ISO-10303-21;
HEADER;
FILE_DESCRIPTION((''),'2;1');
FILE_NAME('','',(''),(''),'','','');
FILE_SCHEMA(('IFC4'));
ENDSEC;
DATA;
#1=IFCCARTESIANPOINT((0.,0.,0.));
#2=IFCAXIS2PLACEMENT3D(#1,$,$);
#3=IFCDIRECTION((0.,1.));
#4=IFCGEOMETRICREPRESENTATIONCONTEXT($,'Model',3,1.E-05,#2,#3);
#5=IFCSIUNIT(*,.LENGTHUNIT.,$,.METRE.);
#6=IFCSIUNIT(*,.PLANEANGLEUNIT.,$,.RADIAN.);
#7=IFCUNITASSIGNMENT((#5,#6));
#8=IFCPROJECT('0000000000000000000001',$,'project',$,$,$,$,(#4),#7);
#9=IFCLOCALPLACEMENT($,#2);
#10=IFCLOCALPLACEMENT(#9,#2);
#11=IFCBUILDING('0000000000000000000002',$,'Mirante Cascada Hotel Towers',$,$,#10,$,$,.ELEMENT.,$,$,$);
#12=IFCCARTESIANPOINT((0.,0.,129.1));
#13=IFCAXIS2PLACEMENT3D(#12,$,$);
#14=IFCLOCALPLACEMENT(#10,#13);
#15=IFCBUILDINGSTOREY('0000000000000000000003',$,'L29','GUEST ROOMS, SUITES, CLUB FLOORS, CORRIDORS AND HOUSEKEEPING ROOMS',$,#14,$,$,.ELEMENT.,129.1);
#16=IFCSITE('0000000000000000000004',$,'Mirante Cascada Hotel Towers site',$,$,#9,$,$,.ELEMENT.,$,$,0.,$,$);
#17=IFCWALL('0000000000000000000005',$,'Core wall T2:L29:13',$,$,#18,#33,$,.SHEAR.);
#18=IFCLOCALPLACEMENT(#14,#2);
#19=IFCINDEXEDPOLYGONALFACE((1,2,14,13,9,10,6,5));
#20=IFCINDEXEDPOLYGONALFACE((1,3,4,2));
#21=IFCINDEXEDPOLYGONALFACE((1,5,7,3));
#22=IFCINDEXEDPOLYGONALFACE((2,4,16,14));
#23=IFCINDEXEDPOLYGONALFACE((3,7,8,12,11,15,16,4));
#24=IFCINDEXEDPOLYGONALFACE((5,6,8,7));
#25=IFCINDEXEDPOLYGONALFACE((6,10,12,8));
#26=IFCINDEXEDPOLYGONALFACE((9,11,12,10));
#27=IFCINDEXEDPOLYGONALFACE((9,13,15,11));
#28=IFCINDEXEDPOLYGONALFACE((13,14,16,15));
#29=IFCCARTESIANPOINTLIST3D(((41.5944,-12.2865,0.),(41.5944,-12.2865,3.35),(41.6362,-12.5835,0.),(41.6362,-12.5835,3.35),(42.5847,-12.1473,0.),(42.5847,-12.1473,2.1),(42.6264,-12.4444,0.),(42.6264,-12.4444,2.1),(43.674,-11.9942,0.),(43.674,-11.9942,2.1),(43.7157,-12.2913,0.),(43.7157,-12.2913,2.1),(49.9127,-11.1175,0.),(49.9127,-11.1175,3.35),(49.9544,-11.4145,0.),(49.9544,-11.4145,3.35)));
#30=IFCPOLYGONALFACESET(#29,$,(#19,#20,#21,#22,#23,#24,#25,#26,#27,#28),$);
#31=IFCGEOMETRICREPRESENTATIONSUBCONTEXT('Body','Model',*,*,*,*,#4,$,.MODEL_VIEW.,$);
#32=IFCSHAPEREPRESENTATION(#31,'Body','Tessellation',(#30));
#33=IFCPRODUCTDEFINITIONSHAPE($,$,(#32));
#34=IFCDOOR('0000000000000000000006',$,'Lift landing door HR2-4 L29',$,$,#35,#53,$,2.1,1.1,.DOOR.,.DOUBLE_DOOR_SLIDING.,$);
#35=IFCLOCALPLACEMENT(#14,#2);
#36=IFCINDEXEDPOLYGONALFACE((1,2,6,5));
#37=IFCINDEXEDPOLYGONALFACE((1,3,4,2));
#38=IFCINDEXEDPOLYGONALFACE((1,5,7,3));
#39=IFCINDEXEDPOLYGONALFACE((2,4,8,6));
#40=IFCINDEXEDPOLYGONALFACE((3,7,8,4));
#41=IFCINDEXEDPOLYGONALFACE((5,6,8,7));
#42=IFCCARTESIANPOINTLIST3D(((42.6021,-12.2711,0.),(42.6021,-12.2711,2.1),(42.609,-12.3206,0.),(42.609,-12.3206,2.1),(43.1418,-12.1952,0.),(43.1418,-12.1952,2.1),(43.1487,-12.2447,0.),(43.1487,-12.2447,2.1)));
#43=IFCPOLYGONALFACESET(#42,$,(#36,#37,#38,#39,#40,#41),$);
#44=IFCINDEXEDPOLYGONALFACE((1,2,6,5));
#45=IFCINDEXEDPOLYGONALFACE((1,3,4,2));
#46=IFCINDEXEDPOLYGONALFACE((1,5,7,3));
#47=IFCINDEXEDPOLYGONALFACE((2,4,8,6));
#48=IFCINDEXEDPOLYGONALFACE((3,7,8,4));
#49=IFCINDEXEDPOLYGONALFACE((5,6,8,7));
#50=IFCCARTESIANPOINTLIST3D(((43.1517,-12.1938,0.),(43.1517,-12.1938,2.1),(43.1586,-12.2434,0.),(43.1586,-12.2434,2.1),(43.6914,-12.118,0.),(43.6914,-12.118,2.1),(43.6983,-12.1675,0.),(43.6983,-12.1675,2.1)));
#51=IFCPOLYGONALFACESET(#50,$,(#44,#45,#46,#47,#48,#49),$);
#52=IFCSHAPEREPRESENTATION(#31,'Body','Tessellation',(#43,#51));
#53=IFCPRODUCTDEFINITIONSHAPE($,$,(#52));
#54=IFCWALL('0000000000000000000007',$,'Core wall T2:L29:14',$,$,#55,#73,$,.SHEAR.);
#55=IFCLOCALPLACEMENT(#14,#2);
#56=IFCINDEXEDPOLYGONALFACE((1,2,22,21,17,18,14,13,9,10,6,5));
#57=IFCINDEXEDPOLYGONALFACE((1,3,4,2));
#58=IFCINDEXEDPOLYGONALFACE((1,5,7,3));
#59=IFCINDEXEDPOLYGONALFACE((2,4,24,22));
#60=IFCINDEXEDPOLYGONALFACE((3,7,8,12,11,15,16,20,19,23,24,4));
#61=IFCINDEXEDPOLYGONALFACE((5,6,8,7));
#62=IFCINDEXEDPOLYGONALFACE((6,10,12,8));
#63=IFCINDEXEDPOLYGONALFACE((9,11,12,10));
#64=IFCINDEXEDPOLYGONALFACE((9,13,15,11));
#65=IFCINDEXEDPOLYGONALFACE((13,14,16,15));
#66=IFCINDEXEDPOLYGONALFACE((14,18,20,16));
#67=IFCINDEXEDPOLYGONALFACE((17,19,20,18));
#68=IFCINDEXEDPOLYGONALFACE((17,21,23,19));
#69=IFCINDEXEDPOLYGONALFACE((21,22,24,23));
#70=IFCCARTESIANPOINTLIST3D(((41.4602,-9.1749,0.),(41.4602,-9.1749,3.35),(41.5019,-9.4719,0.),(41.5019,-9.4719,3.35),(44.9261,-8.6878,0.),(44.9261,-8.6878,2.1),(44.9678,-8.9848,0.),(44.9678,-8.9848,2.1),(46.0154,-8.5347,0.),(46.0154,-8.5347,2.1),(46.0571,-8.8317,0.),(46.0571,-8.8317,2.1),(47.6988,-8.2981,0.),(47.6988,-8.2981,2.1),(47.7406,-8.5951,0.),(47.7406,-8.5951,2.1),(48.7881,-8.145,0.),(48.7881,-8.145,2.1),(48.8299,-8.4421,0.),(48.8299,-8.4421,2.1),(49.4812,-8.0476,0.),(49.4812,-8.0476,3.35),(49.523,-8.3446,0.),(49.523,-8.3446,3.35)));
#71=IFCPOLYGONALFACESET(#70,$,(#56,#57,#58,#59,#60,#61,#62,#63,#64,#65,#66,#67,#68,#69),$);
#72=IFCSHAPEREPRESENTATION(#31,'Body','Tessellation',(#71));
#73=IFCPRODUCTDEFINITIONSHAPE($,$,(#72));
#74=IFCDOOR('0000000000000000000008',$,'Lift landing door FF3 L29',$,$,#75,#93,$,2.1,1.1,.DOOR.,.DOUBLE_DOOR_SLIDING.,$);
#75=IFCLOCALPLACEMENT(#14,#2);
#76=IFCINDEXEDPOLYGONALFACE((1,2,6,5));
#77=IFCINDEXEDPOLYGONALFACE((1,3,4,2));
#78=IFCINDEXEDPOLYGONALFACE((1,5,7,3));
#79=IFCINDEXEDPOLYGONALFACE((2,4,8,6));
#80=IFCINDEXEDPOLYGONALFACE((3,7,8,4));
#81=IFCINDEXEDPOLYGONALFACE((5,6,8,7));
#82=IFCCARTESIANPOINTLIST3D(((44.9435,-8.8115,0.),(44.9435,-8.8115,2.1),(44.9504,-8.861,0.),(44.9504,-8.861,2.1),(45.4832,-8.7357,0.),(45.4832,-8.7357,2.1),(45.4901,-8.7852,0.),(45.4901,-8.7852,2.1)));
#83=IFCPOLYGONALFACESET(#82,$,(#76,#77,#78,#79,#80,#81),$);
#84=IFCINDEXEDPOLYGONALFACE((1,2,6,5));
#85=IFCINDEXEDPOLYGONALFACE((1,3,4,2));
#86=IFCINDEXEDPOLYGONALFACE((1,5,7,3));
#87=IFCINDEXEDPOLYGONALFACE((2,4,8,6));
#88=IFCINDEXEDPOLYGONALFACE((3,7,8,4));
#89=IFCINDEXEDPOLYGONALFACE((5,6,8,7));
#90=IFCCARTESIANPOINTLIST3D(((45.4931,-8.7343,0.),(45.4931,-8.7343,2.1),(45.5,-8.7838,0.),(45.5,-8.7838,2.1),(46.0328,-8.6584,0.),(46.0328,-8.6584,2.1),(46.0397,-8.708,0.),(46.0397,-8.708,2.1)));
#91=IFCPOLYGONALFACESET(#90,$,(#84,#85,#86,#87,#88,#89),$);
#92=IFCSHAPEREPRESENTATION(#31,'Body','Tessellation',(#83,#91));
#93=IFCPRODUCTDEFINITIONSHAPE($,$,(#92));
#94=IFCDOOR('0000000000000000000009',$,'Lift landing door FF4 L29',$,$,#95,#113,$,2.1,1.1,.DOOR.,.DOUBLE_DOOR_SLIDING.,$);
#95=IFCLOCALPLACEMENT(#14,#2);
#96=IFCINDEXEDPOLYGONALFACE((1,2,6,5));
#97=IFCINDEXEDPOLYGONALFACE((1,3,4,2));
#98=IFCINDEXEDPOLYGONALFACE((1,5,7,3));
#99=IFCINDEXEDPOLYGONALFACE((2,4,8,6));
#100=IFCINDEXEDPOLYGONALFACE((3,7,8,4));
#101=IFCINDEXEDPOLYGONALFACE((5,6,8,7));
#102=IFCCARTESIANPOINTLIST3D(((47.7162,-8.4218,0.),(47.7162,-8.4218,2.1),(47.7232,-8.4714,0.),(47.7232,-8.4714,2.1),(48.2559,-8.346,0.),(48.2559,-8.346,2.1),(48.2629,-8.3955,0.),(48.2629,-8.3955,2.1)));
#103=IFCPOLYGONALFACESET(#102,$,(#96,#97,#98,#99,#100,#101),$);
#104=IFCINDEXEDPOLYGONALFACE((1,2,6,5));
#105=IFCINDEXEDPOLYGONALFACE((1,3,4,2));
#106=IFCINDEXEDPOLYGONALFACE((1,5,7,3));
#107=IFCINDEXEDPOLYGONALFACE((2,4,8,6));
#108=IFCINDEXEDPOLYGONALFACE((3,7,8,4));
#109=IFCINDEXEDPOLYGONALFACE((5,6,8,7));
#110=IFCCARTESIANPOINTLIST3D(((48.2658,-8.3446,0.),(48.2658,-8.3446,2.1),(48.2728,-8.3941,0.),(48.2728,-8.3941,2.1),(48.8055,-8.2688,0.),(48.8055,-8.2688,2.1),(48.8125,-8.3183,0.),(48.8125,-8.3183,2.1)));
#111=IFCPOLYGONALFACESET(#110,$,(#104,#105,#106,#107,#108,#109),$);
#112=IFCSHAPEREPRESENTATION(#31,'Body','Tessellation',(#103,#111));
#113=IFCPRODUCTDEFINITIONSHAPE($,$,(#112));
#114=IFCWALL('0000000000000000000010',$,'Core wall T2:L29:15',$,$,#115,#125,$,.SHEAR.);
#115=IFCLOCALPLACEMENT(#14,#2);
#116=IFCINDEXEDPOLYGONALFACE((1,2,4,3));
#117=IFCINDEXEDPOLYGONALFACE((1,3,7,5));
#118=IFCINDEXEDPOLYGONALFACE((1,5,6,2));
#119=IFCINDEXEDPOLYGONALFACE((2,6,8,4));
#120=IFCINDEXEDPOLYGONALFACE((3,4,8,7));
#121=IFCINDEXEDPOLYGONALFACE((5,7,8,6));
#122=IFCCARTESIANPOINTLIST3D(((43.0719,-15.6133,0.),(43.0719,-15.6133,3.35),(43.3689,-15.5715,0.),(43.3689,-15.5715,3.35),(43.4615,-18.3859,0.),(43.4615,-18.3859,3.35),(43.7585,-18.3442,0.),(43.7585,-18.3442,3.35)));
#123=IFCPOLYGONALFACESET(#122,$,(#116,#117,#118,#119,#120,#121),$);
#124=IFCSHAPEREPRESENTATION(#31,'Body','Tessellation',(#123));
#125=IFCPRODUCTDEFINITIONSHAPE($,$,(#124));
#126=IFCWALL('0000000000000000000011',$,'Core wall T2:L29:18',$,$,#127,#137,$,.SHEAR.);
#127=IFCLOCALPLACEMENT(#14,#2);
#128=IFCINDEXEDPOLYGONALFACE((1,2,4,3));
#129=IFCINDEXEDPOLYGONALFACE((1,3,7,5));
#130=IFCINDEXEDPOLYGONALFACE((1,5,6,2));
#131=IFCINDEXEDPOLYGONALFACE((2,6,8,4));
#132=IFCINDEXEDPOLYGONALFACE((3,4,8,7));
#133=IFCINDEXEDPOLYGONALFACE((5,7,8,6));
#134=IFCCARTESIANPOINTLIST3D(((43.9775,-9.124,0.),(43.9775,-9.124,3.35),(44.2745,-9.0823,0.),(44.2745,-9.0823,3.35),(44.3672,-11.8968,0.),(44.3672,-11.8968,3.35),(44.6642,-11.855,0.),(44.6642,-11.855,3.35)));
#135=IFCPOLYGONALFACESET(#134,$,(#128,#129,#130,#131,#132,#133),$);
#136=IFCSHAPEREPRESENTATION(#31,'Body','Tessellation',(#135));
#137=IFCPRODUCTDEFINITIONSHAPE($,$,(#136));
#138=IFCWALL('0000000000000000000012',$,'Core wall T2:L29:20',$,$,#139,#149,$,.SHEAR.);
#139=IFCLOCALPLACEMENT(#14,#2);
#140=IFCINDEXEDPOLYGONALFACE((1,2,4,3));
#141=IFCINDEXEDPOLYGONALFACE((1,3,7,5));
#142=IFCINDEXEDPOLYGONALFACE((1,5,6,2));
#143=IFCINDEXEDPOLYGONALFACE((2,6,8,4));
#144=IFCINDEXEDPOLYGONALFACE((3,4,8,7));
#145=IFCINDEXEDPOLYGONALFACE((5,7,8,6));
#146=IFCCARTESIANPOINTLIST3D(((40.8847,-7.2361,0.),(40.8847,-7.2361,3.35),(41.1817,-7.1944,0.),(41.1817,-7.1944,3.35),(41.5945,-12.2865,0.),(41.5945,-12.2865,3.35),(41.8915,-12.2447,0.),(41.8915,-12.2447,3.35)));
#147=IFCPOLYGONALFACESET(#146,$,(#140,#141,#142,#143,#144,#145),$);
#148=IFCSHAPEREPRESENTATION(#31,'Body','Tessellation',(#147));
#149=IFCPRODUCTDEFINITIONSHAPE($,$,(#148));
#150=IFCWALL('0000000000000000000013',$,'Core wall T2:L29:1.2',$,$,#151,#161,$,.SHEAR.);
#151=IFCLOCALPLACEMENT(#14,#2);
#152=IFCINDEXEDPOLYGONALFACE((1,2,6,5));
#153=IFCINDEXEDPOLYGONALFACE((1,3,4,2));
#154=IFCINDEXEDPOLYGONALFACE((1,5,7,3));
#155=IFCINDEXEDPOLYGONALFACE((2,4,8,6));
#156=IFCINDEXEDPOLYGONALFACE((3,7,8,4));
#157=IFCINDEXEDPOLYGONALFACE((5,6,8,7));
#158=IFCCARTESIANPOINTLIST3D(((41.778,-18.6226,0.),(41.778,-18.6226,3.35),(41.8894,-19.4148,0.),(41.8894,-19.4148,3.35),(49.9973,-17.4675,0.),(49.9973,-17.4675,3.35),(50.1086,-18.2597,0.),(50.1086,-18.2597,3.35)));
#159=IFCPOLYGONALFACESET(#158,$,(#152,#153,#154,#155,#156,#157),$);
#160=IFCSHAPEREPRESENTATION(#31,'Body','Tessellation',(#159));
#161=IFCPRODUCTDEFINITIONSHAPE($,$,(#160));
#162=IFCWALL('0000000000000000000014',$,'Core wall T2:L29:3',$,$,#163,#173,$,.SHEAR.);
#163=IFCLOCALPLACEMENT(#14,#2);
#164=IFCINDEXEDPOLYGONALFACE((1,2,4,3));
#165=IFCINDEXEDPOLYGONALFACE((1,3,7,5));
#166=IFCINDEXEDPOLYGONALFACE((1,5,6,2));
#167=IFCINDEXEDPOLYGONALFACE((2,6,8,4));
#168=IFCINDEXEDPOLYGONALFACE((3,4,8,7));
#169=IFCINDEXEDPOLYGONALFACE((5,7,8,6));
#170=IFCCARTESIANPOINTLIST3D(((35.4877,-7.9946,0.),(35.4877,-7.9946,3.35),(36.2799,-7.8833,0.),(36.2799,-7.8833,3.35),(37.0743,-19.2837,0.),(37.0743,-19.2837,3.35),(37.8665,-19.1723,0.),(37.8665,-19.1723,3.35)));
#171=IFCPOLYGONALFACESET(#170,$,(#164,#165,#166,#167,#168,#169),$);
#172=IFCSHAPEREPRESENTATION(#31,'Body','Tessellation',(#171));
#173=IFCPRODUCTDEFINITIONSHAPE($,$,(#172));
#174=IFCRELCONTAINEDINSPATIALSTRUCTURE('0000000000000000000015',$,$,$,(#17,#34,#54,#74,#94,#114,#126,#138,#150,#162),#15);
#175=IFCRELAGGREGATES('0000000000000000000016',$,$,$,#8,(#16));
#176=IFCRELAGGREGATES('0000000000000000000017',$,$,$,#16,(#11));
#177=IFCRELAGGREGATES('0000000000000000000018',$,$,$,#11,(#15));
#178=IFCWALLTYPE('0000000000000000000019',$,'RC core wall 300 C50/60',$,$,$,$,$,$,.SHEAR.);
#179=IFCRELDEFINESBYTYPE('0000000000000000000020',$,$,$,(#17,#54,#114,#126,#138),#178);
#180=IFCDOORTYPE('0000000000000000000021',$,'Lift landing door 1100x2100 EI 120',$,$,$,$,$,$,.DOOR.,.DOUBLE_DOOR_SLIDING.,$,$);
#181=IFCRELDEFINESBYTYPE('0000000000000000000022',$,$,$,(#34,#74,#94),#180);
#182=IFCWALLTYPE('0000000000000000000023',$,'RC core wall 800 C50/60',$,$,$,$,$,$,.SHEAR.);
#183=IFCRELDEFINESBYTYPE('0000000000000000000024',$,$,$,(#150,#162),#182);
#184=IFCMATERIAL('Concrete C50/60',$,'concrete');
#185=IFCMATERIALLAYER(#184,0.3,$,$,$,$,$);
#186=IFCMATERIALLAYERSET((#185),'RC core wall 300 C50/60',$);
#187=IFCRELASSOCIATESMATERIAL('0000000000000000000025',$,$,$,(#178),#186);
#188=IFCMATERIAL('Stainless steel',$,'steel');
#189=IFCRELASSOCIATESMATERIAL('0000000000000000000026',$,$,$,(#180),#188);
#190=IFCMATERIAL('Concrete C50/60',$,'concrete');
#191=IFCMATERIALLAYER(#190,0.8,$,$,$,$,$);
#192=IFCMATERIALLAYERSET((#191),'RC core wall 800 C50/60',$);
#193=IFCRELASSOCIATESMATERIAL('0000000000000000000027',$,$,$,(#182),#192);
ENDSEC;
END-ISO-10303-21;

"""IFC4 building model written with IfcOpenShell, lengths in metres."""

from ifc_helpers import new_model, si_unit, direction, frame, frame_2d, origin, place, context, subcontext, project, spatial, rectangle, extrude, material, layer, layer_set, type_object, element, fill, save


model = new_model("IFC4")

# Units and contexts
model_context = context("Model", 3, precision=1e-05, world=origin(), true_north=direction((0.0, 1.0)))
body_context = subcontext(model_context, "Body", "Model", "MODEL_VIEW")
ifc_project = project(units=[si_unit("LENGTHUNIT", "METRE"), si_unit("PLANEANGLEUNIT", "RADIAN")], contexts=[model_context])

# Site, building, storey
site_placement = place(None, origin())
site = spatial("IfcSite", under=ifc_project, at=site_placement, Name="Mirante Cascada Hotel Towers site", CompositionType="ELEMENT", RefElevation=0.0)
building_placement = place(site_placement, origin())
building = spatial("IfcBuilding", under=site, at=building_placement, Name="Mirante Cascada Hotel Towers", CompositionType="ELEMENT")
storey_placement = place(building_placement, frame((0.0, 0.0, 129.1)))
storey = spatial("IfcBuildingStorey", under=building, at=storey_placement, Name="L29", Description="GUEST ROOMS, SUITES, CLUB FLOORS, CORRIDORS AND HOUSEKEEPING ROOMS", CompositionType="ELEMENT", Elevation=129.1)

# Shared definitions
ifc_material_1 = material(Name="Concrete C50/60", Category="concrete")
ifc_layer_1 = layer(ifc_material_1, 0.3)
ifc_layer_set_1 = layer_set([ifc_layer_1], Name="RC core wall 300 C50/60")
wall_type_1 = type_object("IfcWallType", Name="RC core wall 300 C50/60", PredefinedType="SHEAR", material=ifc_layer_set_1)

# Shared definitions
ifc_material_2 = material(Name="Stainless steel", Category="steel")
door_type_1 = type_object("IfcDoorType", Name="Lift landing door 1100x2100 EI 120", OperationType="DOUBLE_DOOR_SLIDING", PredefinedType="DOOR", material=ifc_material_2)

# Wall, opening, door
wall_1_placement = place(storey_placement, frame((41.6153, -12.435, 0.0), z_axis=(0.0, 0.0, 1.0), x_axis=(0.990269, 0.139166, 0.0)))
wall_1 = element("IfcWall", 1, at=wall_1_placement, inside=storey, type_object=wall_type_1, Name="Core wall T2:L29:13", PredefinedType="SHEAR", context=body_context, shape_type="SweptSolid", body=[
    extrude(rectangle(XDim=8.4, YDim=0.3, at=frame_2d((4.2, 0.0))), origin(), (0.0, 0.0, 1.0), 3.35),
])
opening_1_placement = place(wall_1_placement, frame((1.0, 0.0, 0.0)))
opening_1 = element("IfcOpeningElement", 2, at=opening_1_placement, cuts=wall_1, PredefinedType="OPENING", context=body_context, shape_type="SweptSolid", body=[
    extrude(rectangle(XDim=1.1, YDim=2.1, at=frame_2d((0.55, 1.05))), frame((0.0, 0.15, 0.0), z_axis=(0.0, -1.0, 0.0), x_axis=(1.0, 0.0, 0.0)), (0.0, 0.0, 1.0), 0.3),
])
door_1_placement = place(opening_1_placement, origin())
door_1 = element("IfcDoor", 3, at=door_1_placement, inside=storey, type_object=door_type_1, Name="Lift landing door HR2-4 L29", OperationType="DOUBLE_DOOR_SLIDING", OverallHeight=2.1, OverallWidth=1.1, PredefinedType="DOOR", context=body_context, shape_type="SweptSolid", body=[
    extrude(rectangle(XDim=0.545, YDim=2.1, at=frame_2d((0.2725, 1.05))), frame((0.0, 0.025, 0.0), z_axis=(0.0, -1.0, 0.0), x_axis=(1.0, 0.0, 0.0)), (0.0, 0.0, 1.0), 0.05),
    extrude(rectangle(XDim=0.545, YDim=2.1, at=frame_2d((0.8275, 1.05))), frame((0.0, 0.025, 0.0), z_axis=(0.0, -1.0, 0.0), x_axis=(1.0, 0.0, 0.0)), (0.0, 0.0, 1.0), 0.05),
])
fill(opening_1, door_1)

# Wall, openings, doors
wall_2_placement = place(storey_placement, frame((41.481, -9.3234, 0.0), z_axis=(0.0, 0.0, 1.0), x_axis=(0.990268, 0.139174, 0.0)))
wall_2 = element("IfcWall", 4, at=wall_2_placement, inside=storey, type_object=wall_type_1, Name="Core wall T2:L29:14", PredefinedType="SHEAR", context=body_context, shape_type="SweptSolid", body=[
    extrude(rectangle(XDim=8.0999, YDim=0.3, at=frame_2d((4.05, 0.0))), origin(), (0.0, 0.0, 1.0), 3.35),
])
opening_2_placement = place(wall_2_placement, frame((3.5, 0.0, 0.0)))
opening_2 = element("IfcOpeningElement", 5, at=opening_2_placement, cuts=wall_2, PredefinedType="OPENING", context=body_context, shape_type="SweptSolid", body=[
    extrude(rectangle(XDim=1.1, YDim=2.1, at=frame_2d((0.55, 1.05))), frame((0.0, 0.15, 0.0), z_axis=(0.0, -1.0, 0.0), x_axis=(1.0, 0.0, 0.0)), (0.0, 0.0, 1.0), 0.3),
])
opening_3_placement = place(wall_2_placement, frame((6.3, 0.0, 0.0)))
opening_3 = element("IfcOpeningElement", 6, at=opening_3_placement, cuts=wall_2, PredefinedType="OPENING", context=body_context, shape_type="SweptSolid", body=[
    extrude(rectangle(XDim=1.1, YDim=2.1, at=frame_2d((0.55, 1.05))), frame((0.0, 0.15, 0.0), z_axis=(0.0, -1.0, 0.0), x_axis=(1.0, 0.0, 0.0)), (0.0, 0.0, 1.0), 0.3),
])
door_2_placement = place(opening_2_placement, origin())
door_2 = element("IfcDoor", 7, at=door_2_placement, inside=storey, type_object=door_type_1, Name="Lift landing door FF3 L29", OperationType="DOUBLE_DOOR_SLIDING", OverallHeight=2.1, OverallWidth=1.1, PredefinedType="DOOR", context=body_context, shape_type="SweptSolid", body=[
    extrude(rectangle(XDim=0.545, YDim=2.1, at=frame_2d((0.2725, 1.05))), frame((0.0, 0.025, 0.0), z_axis=(0.0, -1.0, 0.0), x_axis=(1.0, 0.0, 0.0)), (0.0, 0.0, 1.0), 0.05),
    extrude(rectangle(XDim=0.545, YDim=2.1, at=frame_2d((0.8275, 1.05))), frame((0.0, 0.025, 0.0), z_axis=(0.0, -1.0, 0.0), x_axis=(1.0, 0.0, 0.0)), (0.0, 0.0, 1.0), 0.05),
])
fill(opening_2, door_2)
door_3_placement = place(opening_3_placement, origin())
door_3 = element("IfcDoor", 8, at=door_3_placement, inside=storey, type_object=door_type_1, Name="Lift landing door FF4 L29", OperationType="DOUBLE_DOOR_SLIDING", OverallHeight=2.1, OverallWidth=1.1, PredefinedType="DOOR", context=body_context, shape_type="SweptSolid", body=[
    extrude(rectangle(XDim=0.545, YDim=2.1, at=frame_2d((0.2725, 1.05))), frame((0.0, 0.025, 0.0), z_axis=(0.0, -1.0, 0.0), x_axis=(1.0, 0.0, 0.0)), (0.0, 0.0, 1.0), 0.05),
    extrude(rectangle(XDim=0.545, YDim=2.1, at=frame_2d((0.8275, 1.05))), frame((0.0, 0.025, 0.0), z_axis=(0.0, -1.0, 0.0), x_axis=(1.0, 0.0, 0.0)), (0.0, 0.0, 1.0), 0.05),
])
fill(opening_3, door_3)

# Walls
wall_3_placement = place(storey_placement, frame((43.61, -18.3651, 0.0), z_axis=(0.0, 0.0, 1.0), x_axis=(-0.139146, 0.990272, 0.0)))
element("IfcWall", 9, at=wall_3_placement, inside=storey, type_object=wall_type_1, Name="Core wall T2:L29:15", PredefinedType="SHEAR", context=body_context, shape_type="SweptSolid", body=[
    extrude(rectangle(XDim=2.7999, YDim=0.3, at=frame_2d((1.4, 0.0))), origin(), (0.0, 0.0, 1.0), 3.35),
])
wall_4_placement = place(storey_placement, frame((44.5157, -11.8759, 0.0), z_axis=(0.0, 0.0, 1.0), x_axis=(-0.139181, 0.990267, 0.0)))
element("IfcWall", 10, at=wall_4_placement, inside=storey, type_object=wall_type_1, Name="Core wall T2:L29:18", PredefinedType="SHEAR", context=body_context, shape_type="SweptSolid", body=[
    extrude(rectangle(XDim=2.8, YDim=0.3, at=frame_2d((1.4, 0.0))), origin(), (0.0, 0.0, 1.0), 3.35),
])
wall_5_placement = place(storey_placement, frame((41.743, -12.2656, 0.0), z_axis=(0.0, 0.0, 1.0), x_axis=(-0.139176, 0.990268, 0.0)))
element("IfcWall", 11, at=wall_5_placement, inside=storey, type_object=wall_type_1, Name="Core wall T2:L29:20", PredefinedType="SHEAR", context=body_context, shape_type="SweptSolid", body=[
    extrude(rectangle(XDim=5.1, YDim=0.3, at=frame_2d((2.55, 0.0))), origin(), (0.0, 0.0, 1.0), 3.35),
])
ifc_material_3 = material(Name="Concrete C50/60", Category="concrete")
ifc_layer_2 = layer(ifc_material_3, 0.8)
ifc_layer_set_2 = layer_set([ifc_layer_2], Name="RC core wall 800 C50/60")
wall_type_2 = type_object("IfcWallType", Name="RC core wall 800 C50/60", PredefinedType="SHEAR", material=ifc_layer_set_2)
wall_6_placement = place(storey_placement, frame((41.8337, -19.0187, 0.0), z_axis=(0.0, 0.0, 1.0), x_axis=(0.990269, 0.139169, 0.0)))
element("IfcWall", 12, at=wall_6_placement, inside=storey, type_object=wall_type_2, Name="Core wall T2:L29:1.2", PredefinedType="SHEAR", context=body_context, shape_type="SweptSolid", body=[
    extrude(rectangle(XDim=8.3, YDim=0.8, at=frame_2d((4.15, 0.0))), origin(), (0.0, 0.0, 1.0), 3.35),
])
wall_7_placement = place(storey_placement, frame((37.4704, -19.228, 0.0), z_axis=(0.0, 0.0, 1.0), x_axis=(-0.139175, 0.990268, 0.0)))
element("IfcWall", 13, at=wall_7_placement, inside=storey, type_object=wall_type_2, Name="Core wall T2:L29:3", PredefinedType="SHEAR", context=body_context, shape_type="SweptSolid", body=[
    extrude(rectangle(XDim=11.4, YDim=0.8, at=frame_2d((5.7, 0.0))), origin(), (0.0, 0.0, 1.0), 3.35),
])

save(model, "model.ifc")
